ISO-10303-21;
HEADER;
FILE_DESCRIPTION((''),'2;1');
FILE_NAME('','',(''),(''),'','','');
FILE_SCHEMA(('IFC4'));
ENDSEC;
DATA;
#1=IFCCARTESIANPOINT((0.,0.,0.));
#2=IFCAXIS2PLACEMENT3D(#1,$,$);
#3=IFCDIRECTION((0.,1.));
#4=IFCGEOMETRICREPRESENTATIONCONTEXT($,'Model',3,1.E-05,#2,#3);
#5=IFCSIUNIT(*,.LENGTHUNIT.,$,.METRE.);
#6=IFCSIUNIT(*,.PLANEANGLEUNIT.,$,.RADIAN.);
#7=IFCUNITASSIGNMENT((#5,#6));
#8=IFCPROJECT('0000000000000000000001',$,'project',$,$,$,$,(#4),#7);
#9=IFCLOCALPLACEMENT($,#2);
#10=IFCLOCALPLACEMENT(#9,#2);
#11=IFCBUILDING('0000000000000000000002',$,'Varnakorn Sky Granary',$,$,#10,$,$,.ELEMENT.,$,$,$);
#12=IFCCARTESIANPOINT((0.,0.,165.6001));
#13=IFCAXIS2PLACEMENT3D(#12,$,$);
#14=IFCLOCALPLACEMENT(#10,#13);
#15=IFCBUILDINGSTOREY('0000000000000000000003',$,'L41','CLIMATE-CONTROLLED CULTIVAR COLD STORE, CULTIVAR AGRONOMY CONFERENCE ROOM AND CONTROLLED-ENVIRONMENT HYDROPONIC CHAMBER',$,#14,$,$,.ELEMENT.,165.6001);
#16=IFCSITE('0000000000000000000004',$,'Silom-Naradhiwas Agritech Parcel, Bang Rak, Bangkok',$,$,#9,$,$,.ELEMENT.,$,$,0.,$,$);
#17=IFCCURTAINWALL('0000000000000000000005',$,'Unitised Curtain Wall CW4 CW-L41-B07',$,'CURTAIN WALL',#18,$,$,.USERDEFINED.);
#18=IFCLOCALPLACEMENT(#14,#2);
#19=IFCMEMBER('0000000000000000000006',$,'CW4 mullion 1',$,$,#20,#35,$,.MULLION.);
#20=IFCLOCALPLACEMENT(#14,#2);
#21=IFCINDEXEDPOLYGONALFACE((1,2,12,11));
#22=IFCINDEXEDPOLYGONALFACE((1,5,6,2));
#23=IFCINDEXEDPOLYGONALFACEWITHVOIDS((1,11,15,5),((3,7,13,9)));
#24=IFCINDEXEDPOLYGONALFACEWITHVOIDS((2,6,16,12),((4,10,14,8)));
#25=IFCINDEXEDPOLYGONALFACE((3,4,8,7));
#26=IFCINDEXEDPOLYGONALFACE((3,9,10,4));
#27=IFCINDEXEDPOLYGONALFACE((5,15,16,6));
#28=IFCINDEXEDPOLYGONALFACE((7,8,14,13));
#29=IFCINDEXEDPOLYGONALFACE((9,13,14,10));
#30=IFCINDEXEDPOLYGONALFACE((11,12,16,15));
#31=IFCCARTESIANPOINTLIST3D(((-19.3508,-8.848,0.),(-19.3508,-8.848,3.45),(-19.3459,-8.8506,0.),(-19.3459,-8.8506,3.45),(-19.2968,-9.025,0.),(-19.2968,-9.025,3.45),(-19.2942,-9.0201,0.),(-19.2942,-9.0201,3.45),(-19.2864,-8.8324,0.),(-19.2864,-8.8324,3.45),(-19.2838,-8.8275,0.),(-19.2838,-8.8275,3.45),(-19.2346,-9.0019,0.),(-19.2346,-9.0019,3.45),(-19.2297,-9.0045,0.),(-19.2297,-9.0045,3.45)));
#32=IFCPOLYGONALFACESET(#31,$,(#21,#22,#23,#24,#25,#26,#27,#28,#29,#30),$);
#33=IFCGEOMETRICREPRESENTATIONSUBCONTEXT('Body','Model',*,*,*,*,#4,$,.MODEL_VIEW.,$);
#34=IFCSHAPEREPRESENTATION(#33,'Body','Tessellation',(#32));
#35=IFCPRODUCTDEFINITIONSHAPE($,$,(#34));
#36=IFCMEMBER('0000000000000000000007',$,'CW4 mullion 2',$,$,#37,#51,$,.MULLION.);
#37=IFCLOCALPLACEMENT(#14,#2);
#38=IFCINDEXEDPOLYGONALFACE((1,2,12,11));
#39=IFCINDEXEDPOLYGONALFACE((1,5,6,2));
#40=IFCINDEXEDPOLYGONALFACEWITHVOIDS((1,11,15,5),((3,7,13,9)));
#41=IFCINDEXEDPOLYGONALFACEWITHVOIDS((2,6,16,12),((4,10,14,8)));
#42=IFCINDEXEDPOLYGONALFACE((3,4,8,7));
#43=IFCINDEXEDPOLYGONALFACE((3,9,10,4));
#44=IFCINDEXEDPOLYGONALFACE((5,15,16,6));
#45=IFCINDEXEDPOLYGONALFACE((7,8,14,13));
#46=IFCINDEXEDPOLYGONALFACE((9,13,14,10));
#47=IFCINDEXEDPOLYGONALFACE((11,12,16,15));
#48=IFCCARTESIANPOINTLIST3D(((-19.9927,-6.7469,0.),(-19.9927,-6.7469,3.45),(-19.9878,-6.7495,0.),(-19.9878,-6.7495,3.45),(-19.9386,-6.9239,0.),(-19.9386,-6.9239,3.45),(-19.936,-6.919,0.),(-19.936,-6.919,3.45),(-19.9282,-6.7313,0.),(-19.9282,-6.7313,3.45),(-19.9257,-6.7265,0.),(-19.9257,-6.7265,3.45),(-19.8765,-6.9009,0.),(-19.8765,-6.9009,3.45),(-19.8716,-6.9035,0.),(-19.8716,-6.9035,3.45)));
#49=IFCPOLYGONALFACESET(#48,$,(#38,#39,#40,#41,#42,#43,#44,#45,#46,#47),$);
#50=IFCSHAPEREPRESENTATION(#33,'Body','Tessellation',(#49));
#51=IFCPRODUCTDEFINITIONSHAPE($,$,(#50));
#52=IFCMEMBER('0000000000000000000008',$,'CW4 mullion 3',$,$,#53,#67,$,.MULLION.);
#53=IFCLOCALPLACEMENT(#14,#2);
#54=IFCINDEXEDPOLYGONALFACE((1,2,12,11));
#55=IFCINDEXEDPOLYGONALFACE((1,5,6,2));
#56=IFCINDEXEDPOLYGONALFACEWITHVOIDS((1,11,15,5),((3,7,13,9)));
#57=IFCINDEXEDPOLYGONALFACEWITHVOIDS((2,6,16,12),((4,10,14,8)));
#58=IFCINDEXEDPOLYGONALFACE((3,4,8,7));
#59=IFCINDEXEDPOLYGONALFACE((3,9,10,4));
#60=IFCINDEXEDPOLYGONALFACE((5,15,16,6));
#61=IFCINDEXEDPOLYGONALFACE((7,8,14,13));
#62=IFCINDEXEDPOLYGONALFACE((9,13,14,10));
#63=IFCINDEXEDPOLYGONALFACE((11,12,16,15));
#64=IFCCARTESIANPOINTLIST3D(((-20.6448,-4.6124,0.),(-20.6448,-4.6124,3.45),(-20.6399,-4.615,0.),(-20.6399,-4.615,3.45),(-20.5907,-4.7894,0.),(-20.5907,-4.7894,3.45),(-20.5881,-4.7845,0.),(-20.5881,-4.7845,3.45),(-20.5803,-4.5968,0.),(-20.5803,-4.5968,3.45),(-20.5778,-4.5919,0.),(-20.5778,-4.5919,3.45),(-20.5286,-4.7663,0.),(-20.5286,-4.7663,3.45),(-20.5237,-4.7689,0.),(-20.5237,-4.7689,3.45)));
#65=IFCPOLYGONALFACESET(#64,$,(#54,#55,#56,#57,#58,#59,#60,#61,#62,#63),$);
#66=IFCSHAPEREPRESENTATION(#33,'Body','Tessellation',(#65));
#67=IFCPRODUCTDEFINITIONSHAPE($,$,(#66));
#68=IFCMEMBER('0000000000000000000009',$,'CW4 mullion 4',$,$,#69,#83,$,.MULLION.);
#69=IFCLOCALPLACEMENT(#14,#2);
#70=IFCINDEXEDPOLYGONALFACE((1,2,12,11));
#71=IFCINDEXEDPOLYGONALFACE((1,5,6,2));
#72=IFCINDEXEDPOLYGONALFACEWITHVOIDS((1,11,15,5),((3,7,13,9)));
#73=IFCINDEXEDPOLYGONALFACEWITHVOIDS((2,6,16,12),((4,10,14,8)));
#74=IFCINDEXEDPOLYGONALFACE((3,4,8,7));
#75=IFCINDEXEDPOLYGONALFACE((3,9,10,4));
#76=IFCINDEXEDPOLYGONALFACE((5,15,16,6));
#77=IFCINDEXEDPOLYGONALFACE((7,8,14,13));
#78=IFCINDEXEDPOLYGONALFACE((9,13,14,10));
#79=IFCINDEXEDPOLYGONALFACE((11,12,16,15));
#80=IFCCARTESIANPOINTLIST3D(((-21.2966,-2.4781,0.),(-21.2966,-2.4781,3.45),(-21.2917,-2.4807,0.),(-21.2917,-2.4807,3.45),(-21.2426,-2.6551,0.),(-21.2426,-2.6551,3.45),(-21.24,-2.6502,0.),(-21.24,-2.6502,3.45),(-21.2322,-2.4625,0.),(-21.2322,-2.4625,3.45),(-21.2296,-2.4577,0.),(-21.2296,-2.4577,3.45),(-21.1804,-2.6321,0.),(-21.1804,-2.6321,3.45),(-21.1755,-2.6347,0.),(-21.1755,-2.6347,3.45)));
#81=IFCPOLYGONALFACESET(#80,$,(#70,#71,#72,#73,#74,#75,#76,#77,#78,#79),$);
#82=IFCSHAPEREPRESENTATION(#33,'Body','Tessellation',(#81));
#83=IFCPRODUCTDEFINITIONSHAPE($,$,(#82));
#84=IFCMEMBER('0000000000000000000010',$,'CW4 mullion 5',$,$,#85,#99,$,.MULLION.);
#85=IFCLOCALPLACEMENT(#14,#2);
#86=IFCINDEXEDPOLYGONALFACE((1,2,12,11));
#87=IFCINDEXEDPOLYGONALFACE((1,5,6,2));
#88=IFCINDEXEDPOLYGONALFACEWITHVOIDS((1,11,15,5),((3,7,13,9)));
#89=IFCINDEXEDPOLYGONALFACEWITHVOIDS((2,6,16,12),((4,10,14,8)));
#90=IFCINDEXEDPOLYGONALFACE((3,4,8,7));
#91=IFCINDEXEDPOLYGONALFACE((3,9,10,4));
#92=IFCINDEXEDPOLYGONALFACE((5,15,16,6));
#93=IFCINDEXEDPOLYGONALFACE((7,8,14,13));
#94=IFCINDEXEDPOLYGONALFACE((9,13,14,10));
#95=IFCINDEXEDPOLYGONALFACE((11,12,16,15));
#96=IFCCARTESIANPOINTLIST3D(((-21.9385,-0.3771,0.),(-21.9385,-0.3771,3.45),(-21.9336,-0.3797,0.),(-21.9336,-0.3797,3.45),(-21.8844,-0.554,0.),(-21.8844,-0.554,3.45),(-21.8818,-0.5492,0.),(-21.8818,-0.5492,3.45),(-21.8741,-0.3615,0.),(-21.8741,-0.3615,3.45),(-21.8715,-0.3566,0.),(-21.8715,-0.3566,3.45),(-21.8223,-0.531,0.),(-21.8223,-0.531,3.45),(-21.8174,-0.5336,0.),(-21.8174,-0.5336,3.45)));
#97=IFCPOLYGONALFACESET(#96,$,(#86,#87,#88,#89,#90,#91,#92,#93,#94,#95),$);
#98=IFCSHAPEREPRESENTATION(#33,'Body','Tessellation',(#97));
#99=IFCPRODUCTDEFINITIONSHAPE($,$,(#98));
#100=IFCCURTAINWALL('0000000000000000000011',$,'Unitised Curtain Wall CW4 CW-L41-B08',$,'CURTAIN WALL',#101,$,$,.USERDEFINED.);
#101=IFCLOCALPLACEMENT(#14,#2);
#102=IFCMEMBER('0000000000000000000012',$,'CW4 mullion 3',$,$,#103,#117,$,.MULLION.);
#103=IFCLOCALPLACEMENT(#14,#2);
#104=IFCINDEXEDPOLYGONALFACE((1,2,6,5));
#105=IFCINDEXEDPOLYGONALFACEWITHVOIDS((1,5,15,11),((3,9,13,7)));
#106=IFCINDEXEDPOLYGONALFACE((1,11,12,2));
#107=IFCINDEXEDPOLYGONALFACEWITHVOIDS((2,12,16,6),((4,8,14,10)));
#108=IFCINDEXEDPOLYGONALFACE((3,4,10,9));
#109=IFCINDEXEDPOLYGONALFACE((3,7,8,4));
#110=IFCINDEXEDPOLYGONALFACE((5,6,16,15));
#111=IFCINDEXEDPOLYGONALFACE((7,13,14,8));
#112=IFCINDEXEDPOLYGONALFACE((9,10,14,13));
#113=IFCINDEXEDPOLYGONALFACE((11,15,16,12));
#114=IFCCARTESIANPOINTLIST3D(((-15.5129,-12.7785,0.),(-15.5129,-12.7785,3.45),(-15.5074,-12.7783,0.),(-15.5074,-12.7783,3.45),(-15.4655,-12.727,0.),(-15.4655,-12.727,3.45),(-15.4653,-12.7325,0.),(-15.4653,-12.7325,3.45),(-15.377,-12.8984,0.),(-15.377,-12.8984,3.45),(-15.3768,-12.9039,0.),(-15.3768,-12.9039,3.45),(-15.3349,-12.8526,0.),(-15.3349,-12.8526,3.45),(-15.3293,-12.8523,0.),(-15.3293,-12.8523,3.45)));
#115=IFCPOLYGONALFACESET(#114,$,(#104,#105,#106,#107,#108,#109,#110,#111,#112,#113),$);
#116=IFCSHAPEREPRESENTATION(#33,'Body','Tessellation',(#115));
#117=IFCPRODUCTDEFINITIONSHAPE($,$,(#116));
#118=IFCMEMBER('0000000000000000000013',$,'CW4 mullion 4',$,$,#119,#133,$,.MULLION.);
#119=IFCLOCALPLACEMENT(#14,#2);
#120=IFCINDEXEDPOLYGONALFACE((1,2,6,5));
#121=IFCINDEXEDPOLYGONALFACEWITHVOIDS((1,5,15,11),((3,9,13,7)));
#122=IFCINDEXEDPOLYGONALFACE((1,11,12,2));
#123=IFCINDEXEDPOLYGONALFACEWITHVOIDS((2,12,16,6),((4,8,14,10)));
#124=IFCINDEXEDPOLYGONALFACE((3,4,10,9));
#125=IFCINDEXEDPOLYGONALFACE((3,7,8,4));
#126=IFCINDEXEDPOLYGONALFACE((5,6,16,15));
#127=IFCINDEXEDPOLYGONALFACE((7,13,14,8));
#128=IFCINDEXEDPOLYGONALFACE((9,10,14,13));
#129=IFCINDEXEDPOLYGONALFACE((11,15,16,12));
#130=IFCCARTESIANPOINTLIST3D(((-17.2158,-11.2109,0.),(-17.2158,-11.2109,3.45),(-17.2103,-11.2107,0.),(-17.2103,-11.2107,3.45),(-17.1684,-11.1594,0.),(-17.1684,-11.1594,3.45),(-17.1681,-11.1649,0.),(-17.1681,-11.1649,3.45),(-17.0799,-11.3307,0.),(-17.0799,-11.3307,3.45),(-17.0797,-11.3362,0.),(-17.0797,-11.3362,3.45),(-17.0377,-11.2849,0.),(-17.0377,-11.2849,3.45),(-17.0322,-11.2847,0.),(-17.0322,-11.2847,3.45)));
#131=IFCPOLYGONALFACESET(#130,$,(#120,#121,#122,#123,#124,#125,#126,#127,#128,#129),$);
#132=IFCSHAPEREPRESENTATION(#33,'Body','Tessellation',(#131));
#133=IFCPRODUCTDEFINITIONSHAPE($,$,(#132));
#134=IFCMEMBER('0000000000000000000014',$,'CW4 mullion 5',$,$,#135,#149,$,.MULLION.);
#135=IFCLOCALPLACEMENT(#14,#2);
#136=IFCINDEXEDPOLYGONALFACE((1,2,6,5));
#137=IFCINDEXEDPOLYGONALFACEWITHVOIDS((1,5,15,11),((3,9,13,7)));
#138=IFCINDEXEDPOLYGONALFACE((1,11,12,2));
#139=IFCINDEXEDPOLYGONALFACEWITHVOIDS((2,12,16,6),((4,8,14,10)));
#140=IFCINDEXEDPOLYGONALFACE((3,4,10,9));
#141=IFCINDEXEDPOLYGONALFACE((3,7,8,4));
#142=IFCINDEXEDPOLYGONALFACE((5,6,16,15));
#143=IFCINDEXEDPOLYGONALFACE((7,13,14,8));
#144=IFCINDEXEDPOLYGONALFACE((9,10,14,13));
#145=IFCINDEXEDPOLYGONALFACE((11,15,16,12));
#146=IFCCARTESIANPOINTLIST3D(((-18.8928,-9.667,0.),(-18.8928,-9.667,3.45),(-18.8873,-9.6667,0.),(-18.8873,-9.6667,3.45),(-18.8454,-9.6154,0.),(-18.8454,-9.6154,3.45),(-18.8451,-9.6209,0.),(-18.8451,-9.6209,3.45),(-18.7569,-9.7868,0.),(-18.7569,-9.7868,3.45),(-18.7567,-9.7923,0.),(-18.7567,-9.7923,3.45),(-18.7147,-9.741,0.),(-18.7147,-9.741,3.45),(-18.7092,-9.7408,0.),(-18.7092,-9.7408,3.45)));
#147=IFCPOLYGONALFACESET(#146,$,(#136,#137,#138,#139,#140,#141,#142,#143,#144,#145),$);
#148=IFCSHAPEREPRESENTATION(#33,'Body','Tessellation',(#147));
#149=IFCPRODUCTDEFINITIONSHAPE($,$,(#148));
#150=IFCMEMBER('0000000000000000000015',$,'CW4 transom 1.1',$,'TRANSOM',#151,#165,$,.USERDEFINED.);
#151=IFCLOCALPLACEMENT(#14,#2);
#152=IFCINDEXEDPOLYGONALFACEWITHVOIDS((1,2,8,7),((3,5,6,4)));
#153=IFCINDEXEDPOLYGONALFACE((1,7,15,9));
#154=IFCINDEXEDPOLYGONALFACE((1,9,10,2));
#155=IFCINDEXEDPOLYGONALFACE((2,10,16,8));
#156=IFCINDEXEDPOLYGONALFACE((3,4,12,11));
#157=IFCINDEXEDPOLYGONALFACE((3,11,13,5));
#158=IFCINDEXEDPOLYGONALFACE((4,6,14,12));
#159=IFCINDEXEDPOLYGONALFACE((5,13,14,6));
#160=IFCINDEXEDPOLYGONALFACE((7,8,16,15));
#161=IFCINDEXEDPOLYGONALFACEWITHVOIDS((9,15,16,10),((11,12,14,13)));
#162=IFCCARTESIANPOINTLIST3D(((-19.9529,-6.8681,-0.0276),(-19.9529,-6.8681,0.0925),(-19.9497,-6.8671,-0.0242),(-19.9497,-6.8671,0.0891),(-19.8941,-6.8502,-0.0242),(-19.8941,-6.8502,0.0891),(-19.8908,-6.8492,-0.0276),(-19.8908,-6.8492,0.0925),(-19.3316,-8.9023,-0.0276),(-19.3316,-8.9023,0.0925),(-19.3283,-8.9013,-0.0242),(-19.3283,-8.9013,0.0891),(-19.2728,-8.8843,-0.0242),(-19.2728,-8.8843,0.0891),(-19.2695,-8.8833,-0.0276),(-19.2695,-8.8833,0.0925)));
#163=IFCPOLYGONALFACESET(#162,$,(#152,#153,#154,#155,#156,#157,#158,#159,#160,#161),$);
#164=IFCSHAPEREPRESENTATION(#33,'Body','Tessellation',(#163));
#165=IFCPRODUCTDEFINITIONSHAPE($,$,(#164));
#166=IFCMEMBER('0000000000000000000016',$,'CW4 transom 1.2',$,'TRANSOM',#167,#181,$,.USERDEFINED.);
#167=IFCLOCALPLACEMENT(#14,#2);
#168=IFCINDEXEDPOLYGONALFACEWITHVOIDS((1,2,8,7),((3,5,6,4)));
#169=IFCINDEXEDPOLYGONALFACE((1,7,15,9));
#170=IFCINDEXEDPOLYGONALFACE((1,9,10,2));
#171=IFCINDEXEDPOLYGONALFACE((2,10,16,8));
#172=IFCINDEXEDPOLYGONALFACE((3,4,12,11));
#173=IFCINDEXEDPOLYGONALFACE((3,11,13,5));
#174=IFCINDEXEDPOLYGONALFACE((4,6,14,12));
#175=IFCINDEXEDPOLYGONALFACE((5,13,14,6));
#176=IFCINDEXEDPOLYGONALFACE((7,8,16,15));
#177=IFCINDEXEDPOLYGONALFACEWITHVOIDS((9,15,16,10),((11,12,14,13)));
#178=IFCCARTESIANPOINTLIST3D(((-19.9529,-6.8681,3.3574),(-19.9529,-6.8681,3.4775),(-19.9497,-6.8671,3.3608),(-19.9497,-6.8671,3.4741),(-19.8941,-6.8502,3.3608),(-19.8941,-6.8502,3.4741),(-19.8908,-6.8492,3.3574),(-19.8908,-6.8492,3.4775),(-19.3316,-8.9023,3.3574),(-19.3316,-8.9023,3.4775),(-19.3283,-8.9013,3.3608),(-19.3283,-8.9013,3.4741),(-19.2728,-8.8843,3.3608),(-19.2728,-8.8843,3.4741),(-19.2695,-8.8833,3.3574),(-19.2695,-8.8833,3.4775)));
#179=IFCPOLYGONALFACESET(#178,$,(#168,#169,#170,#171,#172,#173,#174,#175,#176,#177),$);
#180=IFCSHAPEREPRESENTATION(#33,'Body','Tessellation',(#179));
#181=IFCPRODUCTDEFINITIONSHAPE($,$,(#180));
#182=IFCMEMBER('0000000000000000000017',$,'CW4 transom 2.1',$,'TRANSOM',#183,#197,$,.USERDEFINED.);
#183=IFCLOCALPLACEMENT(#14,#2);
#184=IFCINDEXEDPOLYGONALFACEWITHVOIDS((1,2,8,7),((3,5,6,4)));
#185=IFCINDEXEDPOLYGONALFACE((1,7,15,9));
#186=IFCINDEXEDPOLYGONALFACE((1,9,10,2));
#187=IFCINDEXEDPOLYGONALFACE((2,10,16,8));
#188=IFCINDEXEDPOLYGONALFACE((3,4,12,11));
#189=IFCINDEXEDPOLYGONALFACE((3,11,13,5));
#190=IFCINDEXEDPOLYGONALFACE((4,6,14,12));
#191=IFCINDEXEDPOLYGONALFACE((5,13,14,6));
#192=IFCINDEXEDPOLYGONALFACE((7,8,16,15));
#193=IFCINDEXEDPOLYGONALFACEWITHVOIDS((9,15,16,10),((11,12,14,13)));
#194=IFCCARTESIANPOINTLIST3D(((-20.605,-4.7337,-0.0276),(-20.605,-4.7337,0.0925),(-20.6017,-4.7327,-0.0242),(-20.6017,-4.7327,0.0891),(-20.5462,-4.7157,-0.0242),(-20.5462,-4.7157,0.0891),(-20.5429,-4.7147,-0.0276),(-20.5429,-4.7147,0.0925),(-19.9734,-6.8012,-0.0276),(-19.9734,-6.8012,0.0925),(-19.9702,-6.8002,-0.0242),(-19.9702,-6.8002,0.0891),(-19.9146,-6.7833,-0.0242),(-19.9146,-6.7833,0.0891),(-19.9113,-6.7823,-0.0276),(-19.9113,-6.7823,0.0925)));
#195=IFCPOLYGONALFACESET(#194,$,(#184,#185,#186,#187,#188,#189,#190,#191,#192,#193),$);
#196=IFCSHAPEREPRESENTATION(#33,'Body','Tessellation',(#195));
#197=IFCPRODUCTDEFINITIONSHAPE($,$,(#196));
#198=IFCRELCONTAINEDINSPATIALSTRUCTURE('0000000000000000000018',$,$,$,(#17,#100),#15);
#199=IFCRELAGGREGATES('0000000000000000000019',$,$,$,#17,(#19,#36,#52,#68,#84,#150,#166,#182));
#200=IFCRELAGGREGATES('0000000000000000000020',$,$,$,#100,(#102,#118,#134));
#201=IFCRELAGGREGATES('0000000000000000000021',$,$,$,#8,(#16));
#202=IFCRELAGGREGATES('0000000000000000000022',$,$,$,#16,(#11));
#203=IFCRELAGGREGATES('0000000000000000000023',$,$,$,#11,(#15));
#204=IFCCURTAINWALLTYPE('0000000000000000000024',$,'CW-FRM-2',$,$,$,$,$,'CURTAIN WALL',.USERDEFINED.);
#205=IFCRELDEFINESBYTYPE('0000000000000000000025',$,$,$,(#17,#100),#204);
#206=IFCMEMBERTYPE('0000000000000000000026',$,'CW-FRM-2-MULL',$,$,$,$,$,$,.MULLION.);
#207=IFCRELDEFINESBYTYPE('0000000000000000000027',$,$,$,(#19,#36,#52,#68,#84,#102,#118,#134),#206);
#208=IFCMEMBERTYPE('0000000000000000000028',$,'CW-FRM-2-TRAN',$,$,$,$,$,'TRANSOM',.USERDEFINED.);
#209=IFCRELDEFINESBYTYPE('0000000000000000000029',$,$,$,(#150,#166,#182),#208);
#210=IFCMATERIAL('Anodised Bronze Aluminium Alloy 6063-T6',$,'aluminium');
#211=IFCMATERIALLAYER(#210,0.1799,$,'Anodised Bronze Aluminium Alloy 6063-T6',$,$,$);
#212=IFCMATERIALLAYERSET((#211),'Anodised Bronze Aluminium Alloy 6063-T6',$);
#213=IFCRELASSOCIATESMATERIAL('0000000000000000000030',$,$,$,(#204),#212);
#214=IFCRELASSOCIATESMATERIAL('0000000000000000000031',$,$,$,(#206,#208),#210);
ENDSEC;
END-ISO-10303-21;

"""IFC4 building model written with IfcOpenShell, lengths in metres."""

from ifc_helpers import new_model, si_unit, direction, frame, origin, origin_2d, place, context, subcontext, project, spatial, hollow_rectangle, extrude, material, layer, layer_set, material_profile, profile_set, type_object, element, aggregate, save


model = new_model("IFC4")

# Units and contexts
model_context = context("Model", 3, precision=1e-05, world=origin(), true_north=direction((0.0, 1.0)))
body_context = subcontext(model_context, "Body", "Model", "MODEL_VIEW")
ifc_project = project(units=[si_unit("LENGTHUNIT", "METRE"), si_unit("PLANEANGLEUNIT", "RADIAN")], contexts=[model_context])

# Site, building, storey
site_placement = place(None, origin())
site = spatial("IfcSite", under=ifc_project, at=site_placement, Name="Silom-Naradhiwas Agritech Parcel, Bang Rak, Bangkok", CompositionType="ELEMENT", RefElevation=0.0)
building_placement = place(site_placement, origin())
building = spatial("IfcBuilding", under=site, at=building_placement, Name="Varnakorn Sky Granary", CompositionType="ELEMENT")
storey_placement = place(building_placement, frame((0.0, 0.0, 165.6001)))
storey = spatial("IfcBuildingStorey", under=building, at=storey_placement, Name="L41", Description="CLIMATE-CONTROLLED CULTIVAR COLD STORE, CULTIVAR AGRONOMY CONFERENCE ROOM AND CONTROLLED-ENVIRONMENT HYDROPONIC CHAMBER", CompositionType="ELEMENT", Elevation=165.6001)

# Curtain walls, members
ifc_material_1 = material(Name="Anodised Bronze Aluminium Alloy 6063-T6", Category="aluminium")
ifc_layer_1 = layer(ifc_material_1, 0.1799, Name="Anodised Bronze Aluminium Alloy 6063-T6")
ifc_layer_set_1 = layer_set([ifc_layer_1], Name="Anodised Bronze Aluminium Alloy 6063-T6")
curtain_wall_type = type_object("IfcCurtainWallType", Name="CW-FRM-2", ElementType="CURTAIN WALL", PredefinedType="USERDEFINED", material=ifc_layer_set_1)
curtain_wall_1_placement = place(storey_placement, origin())
curtain_wall_1 = element("IfcCurtainWall", 1, at=curtain_wall_1_placement, inside=storey, type_object=curtain_wall_type, Name="Unitised Curtain Wall CW4 CW-L41-B07", ObjectType="CURTAIN WALL", PredefinedType="USERDEFINED")
ifc_material_profile_1 = material_profile(ifc_material_1, hollow_rectangle(XDim=0.0701, YDim=0.1851, WallThickness=0.0039, at=origin_2d()), Name="ALU MULL 70x185")
ifc_profile_set_1 = profile_set([ifc_material_profile_1], Name="Anodised Bronze Aluminium Alloy 6063-T6")
member_type_1 = type_object("IfcMemberType", Name="CW-FRM-2-MULL", PredefinedType="MULLION", material=ifc_profile_set_1)
member_1_placement = place(storey_placement, frame((-19.2903, -8.9263, 0.0), z_axis=(0.0, 0.0, 1.0), x_axis=(-0.956374, -0.292147, 0.0)))
member_1 = element("IfcMember", 2, at=member_1_placement, type_object=member_type_1, Name="CW4 mullion 1", PredefinedType="MULLION", context=body_context, shape_type="SweptSolid", body=[
    extrude(hollow_rectangle(XDim=0.0701, YDim=0.1851, WallThickness=0.0039, at=origin_2d()), origin(), (0.0, 0.0, 1.0), 3.45),
])
member_2_placement = place(storey_placement, frame((-19.9321, -6.8252, 0.0), z_axis=(0.0, 0.0, 1.0), x_axis=(-0.956374, -0.292147, 0.0)))
member_2 = element("IfcMember", 3, at=member_2_placement, type_object=member_type_1, Name="CW4 mullion 2", PredefinedType="MULLION", context=body_context, shape_type="SweptSolid", body=[
    extrude(hollow_rectangle(XDim=0.0701, YDim=0.1851, WallThickness=0.0039, at=origin_2d()), origin(), (0.0, 0.0, 1.0), 3.45),
])
member_3_placement = place(storey_placement, frame((-20.5842, -4.6907, 0.0), z_axis=(0.0, 0.0, 1.0), x_axis=(-0.956374, -0.292147, 0.0)))
member_3 = element("IfcMember", 4, at=member_3_placement, type_object=member_type_1, Name="CW4 mullion 3", PredefinedType="MULLION", context=body_context, shape_type="SweptSolid", body=[
    extrude(hollow_rectangle(XDim=0.0701, YDim=0.1851, WallThickness=0.0039, at=origin_2d()), origin(), (0.0, 0.0, 1.0), 3.45),
])
member_4_placement = place(storey_placement, frame((-21.2361, -2.5564, 0.0), z_axis=(0.0, 0.0, 1.0), x_axis=(-0.956374, -0.292147, 0.0)))
member_4 = element("IfcMember", 5, at=member_4_placement, type_object=member_type_1, Name="CW4 mullion 4", PredefinedType="MULLION", context=body_context, shape_type="SweptSolid", body=[
    extrude(hollow_rectangle(XDim=0.0701, YDim=0.1851, WallThickness=0.0039, at=origin_2d()), origin(), (0.0, 0.0, 1.0), 3.45),
])
member_5_placement = place(storey_placement, frame((-21.8779, -0.4553, 0.0), z_axis=(0.0, 0.0, 1.0), x_axis=(-0.956374, -0.292147, 0.0)))
member_5 = element("IfcMember", 6, at=member_5_placement, type_object=member_type_1, Name="CW4 mullion 5", PredefinedType="MULLION", context=body_context, shape_type="SweptSolid", body=[
    extrude(hollow_rectangle(XDim=0.0701, YDim=0.1851, WallThickness=0.0039, at=origin_2d()), origin(), (0.0, 0.0, 1.0), 3.45),
])
curtain_wall_2_placement = place(storey_placement, origin())
curtain_wall_2 = element("IfcCurtainWall", 7, at=curtain_wall_2_placement, inside=storey, type_object=curtain_wall_type, Name="Unitised Curtain Wall CW4 CW-L41-B08", ObjectType="CURTAIN WALL", PredefinedType="USERDEFINED")
member_6_placement = place(storey_placement, frame((-15.4211, -12.8154, 0.0), z_axis=(0.0, 0.0, 1.0), x_axis=(-0.677285, -0.735721, 0.0)))
member_6 = element("IfcMember", 8, at=member_6_placement, type_object=member_type_1, Name="CW4 mullion 3", PredefinedType="MULLION", context=body_context, shape_type="SweptSolid", body=[
    extrude(hollow_rectangle(XDim=0.0701, YDim=0.1851, WallThickness=0.0039, at=origin_2d()), origin(), (0.0, 0.0, 1.0), 3.45),
])
member_7_placement = place(storey_placement, frame((-17.124, -11.2478, 0.0), z_axis=(0.0, 0.0, 1.0), x_axis=(-0.677285, -0.735721, 0.0)))
member_7 = element("IfcMember", 9, at=member_7_placement, type_object=member_type_1, Name="CW4 mullion 4", PredefinedType="MULLION", context=body_context, shape_type="SweptSolid", body=[
    extrude(hollow_rectangle(XDim=0.0701, YDim=0.1851, WallThickness=0.0039, at=origin_2d()), origin(), (0.0, 0.0, 1.0), 3.45),
])
member_8_placement = place(storey_placement, frame((-18.801, -9.7039, 0.0), z_axis=(0.0, 0.0, 1.0), x_axis=(-0.677285, -0.735721, 0.0)))
member_8 = element("IfcMember", 10, at=member_8_placement, type_object=member_type_1, Name="CW4 mullion 5", PredefinedType="MULLION", context=body_context, shape_type="SweptSolid", body=[
    extrude(hollow_rectangle(XDim=0.0701, YDim=0.1851, WallThickness=0.0039, at=origin_2d()), origin(), (0.0, 0.0, 1.0), 3.45),
])

# Members
ifc_material_profile_2 = material_profile(ifc_material_1, hollow_rectangle(XDim=0.0649, YDim=0.1201, WallThickness=0.0034, at=origin_2d()), Name="ALU TRAN 65x120")
ifc_profile_set_2 = profile_set([ifc_material_profile_2], Name="Anodised Bronze Aluminium Alloy 6063-T6")
member_type_2 = type_object("IfcMemberType", Name="CW-FRM-2-TRAN", ElementType="TRANSOM", PredefinedType="USERDEFINED", material=ifc_profile_set_2)
member_9_placement = place(storey_placement, frame((-19.3005, -8.8928, 0.0325), z_axis=(-0.292125, 0.95638, 0.0), x_axis=(-0.95638, -0.292125, 0.0)))
member_9 = element("IfcMember", 11, at=member_9_placement, type_object=member_type_2, Name="CW4 transom 1.1", ObjectType="TRANSOM", PredefinedType="USERDEFINED", context=body_context, shape_type="SweptSolid", body=[
    extrude(hollow_rectangle(XDim=0.0649, YDim=0.1201, WallThickness=0.0034, at=origin_2d()), origin(), (0.0, 0.0, 1.0), 2.127),
])
member_10_placement = place(storey_placement, frame((-19.3005, -8.8928, 3.4175), z_axis=(-0.292125, 0.95638, 0.0), x_axis=(-0.95638, -0.292125, 0.0)))
member_10 = element("IfcMember", 12, at=member_10_placement, type_object=member_type_2, Name="CW4 transom 1.2", ObjectType="TRANSOM", PredefinedType="USERDEFINED", context=body_context, shape_type="SweptSolid", body=[
    extrude(hollow_rectangle(XDim=0.0649, YDim=0.1201, WallThickness=0.0034, at=origin_2d()), origin(), (0.0, 0.0, 1.0), 2.127),
])
member_11_placement = place(storey_placement, frame((-19.9424, -6.7917, 0.0325), z_axis=(-0.292141, 0.956375, 0.0), x_axis=(-0.956375, -0.292141, 0.0)))
member_11 = element("IfcMember", 13, at=member_11_placement, type_object=member_type_2, Name="CW4 transom 2.1", ObjectType="TRANSOM", PredefinedType="USERDEFINED", context=body_context, shape_type="SweptSolid", body=[
    extrude(hollow_rectangle(XDim=0.0649, YDim=0.1201, WallThickness=0.0034, at=origin_2d()), origin(), (0.0, 0.0, 1.0), 2.1619),
])

aggregate(curtain_wall_1, [member_1, member_2, member_3, member_4, member_5, member_9, member_10, member_11])
aggregate(curtain_wall_2, [member_6, member_7, member_8])

save(model, "model.ifc")
